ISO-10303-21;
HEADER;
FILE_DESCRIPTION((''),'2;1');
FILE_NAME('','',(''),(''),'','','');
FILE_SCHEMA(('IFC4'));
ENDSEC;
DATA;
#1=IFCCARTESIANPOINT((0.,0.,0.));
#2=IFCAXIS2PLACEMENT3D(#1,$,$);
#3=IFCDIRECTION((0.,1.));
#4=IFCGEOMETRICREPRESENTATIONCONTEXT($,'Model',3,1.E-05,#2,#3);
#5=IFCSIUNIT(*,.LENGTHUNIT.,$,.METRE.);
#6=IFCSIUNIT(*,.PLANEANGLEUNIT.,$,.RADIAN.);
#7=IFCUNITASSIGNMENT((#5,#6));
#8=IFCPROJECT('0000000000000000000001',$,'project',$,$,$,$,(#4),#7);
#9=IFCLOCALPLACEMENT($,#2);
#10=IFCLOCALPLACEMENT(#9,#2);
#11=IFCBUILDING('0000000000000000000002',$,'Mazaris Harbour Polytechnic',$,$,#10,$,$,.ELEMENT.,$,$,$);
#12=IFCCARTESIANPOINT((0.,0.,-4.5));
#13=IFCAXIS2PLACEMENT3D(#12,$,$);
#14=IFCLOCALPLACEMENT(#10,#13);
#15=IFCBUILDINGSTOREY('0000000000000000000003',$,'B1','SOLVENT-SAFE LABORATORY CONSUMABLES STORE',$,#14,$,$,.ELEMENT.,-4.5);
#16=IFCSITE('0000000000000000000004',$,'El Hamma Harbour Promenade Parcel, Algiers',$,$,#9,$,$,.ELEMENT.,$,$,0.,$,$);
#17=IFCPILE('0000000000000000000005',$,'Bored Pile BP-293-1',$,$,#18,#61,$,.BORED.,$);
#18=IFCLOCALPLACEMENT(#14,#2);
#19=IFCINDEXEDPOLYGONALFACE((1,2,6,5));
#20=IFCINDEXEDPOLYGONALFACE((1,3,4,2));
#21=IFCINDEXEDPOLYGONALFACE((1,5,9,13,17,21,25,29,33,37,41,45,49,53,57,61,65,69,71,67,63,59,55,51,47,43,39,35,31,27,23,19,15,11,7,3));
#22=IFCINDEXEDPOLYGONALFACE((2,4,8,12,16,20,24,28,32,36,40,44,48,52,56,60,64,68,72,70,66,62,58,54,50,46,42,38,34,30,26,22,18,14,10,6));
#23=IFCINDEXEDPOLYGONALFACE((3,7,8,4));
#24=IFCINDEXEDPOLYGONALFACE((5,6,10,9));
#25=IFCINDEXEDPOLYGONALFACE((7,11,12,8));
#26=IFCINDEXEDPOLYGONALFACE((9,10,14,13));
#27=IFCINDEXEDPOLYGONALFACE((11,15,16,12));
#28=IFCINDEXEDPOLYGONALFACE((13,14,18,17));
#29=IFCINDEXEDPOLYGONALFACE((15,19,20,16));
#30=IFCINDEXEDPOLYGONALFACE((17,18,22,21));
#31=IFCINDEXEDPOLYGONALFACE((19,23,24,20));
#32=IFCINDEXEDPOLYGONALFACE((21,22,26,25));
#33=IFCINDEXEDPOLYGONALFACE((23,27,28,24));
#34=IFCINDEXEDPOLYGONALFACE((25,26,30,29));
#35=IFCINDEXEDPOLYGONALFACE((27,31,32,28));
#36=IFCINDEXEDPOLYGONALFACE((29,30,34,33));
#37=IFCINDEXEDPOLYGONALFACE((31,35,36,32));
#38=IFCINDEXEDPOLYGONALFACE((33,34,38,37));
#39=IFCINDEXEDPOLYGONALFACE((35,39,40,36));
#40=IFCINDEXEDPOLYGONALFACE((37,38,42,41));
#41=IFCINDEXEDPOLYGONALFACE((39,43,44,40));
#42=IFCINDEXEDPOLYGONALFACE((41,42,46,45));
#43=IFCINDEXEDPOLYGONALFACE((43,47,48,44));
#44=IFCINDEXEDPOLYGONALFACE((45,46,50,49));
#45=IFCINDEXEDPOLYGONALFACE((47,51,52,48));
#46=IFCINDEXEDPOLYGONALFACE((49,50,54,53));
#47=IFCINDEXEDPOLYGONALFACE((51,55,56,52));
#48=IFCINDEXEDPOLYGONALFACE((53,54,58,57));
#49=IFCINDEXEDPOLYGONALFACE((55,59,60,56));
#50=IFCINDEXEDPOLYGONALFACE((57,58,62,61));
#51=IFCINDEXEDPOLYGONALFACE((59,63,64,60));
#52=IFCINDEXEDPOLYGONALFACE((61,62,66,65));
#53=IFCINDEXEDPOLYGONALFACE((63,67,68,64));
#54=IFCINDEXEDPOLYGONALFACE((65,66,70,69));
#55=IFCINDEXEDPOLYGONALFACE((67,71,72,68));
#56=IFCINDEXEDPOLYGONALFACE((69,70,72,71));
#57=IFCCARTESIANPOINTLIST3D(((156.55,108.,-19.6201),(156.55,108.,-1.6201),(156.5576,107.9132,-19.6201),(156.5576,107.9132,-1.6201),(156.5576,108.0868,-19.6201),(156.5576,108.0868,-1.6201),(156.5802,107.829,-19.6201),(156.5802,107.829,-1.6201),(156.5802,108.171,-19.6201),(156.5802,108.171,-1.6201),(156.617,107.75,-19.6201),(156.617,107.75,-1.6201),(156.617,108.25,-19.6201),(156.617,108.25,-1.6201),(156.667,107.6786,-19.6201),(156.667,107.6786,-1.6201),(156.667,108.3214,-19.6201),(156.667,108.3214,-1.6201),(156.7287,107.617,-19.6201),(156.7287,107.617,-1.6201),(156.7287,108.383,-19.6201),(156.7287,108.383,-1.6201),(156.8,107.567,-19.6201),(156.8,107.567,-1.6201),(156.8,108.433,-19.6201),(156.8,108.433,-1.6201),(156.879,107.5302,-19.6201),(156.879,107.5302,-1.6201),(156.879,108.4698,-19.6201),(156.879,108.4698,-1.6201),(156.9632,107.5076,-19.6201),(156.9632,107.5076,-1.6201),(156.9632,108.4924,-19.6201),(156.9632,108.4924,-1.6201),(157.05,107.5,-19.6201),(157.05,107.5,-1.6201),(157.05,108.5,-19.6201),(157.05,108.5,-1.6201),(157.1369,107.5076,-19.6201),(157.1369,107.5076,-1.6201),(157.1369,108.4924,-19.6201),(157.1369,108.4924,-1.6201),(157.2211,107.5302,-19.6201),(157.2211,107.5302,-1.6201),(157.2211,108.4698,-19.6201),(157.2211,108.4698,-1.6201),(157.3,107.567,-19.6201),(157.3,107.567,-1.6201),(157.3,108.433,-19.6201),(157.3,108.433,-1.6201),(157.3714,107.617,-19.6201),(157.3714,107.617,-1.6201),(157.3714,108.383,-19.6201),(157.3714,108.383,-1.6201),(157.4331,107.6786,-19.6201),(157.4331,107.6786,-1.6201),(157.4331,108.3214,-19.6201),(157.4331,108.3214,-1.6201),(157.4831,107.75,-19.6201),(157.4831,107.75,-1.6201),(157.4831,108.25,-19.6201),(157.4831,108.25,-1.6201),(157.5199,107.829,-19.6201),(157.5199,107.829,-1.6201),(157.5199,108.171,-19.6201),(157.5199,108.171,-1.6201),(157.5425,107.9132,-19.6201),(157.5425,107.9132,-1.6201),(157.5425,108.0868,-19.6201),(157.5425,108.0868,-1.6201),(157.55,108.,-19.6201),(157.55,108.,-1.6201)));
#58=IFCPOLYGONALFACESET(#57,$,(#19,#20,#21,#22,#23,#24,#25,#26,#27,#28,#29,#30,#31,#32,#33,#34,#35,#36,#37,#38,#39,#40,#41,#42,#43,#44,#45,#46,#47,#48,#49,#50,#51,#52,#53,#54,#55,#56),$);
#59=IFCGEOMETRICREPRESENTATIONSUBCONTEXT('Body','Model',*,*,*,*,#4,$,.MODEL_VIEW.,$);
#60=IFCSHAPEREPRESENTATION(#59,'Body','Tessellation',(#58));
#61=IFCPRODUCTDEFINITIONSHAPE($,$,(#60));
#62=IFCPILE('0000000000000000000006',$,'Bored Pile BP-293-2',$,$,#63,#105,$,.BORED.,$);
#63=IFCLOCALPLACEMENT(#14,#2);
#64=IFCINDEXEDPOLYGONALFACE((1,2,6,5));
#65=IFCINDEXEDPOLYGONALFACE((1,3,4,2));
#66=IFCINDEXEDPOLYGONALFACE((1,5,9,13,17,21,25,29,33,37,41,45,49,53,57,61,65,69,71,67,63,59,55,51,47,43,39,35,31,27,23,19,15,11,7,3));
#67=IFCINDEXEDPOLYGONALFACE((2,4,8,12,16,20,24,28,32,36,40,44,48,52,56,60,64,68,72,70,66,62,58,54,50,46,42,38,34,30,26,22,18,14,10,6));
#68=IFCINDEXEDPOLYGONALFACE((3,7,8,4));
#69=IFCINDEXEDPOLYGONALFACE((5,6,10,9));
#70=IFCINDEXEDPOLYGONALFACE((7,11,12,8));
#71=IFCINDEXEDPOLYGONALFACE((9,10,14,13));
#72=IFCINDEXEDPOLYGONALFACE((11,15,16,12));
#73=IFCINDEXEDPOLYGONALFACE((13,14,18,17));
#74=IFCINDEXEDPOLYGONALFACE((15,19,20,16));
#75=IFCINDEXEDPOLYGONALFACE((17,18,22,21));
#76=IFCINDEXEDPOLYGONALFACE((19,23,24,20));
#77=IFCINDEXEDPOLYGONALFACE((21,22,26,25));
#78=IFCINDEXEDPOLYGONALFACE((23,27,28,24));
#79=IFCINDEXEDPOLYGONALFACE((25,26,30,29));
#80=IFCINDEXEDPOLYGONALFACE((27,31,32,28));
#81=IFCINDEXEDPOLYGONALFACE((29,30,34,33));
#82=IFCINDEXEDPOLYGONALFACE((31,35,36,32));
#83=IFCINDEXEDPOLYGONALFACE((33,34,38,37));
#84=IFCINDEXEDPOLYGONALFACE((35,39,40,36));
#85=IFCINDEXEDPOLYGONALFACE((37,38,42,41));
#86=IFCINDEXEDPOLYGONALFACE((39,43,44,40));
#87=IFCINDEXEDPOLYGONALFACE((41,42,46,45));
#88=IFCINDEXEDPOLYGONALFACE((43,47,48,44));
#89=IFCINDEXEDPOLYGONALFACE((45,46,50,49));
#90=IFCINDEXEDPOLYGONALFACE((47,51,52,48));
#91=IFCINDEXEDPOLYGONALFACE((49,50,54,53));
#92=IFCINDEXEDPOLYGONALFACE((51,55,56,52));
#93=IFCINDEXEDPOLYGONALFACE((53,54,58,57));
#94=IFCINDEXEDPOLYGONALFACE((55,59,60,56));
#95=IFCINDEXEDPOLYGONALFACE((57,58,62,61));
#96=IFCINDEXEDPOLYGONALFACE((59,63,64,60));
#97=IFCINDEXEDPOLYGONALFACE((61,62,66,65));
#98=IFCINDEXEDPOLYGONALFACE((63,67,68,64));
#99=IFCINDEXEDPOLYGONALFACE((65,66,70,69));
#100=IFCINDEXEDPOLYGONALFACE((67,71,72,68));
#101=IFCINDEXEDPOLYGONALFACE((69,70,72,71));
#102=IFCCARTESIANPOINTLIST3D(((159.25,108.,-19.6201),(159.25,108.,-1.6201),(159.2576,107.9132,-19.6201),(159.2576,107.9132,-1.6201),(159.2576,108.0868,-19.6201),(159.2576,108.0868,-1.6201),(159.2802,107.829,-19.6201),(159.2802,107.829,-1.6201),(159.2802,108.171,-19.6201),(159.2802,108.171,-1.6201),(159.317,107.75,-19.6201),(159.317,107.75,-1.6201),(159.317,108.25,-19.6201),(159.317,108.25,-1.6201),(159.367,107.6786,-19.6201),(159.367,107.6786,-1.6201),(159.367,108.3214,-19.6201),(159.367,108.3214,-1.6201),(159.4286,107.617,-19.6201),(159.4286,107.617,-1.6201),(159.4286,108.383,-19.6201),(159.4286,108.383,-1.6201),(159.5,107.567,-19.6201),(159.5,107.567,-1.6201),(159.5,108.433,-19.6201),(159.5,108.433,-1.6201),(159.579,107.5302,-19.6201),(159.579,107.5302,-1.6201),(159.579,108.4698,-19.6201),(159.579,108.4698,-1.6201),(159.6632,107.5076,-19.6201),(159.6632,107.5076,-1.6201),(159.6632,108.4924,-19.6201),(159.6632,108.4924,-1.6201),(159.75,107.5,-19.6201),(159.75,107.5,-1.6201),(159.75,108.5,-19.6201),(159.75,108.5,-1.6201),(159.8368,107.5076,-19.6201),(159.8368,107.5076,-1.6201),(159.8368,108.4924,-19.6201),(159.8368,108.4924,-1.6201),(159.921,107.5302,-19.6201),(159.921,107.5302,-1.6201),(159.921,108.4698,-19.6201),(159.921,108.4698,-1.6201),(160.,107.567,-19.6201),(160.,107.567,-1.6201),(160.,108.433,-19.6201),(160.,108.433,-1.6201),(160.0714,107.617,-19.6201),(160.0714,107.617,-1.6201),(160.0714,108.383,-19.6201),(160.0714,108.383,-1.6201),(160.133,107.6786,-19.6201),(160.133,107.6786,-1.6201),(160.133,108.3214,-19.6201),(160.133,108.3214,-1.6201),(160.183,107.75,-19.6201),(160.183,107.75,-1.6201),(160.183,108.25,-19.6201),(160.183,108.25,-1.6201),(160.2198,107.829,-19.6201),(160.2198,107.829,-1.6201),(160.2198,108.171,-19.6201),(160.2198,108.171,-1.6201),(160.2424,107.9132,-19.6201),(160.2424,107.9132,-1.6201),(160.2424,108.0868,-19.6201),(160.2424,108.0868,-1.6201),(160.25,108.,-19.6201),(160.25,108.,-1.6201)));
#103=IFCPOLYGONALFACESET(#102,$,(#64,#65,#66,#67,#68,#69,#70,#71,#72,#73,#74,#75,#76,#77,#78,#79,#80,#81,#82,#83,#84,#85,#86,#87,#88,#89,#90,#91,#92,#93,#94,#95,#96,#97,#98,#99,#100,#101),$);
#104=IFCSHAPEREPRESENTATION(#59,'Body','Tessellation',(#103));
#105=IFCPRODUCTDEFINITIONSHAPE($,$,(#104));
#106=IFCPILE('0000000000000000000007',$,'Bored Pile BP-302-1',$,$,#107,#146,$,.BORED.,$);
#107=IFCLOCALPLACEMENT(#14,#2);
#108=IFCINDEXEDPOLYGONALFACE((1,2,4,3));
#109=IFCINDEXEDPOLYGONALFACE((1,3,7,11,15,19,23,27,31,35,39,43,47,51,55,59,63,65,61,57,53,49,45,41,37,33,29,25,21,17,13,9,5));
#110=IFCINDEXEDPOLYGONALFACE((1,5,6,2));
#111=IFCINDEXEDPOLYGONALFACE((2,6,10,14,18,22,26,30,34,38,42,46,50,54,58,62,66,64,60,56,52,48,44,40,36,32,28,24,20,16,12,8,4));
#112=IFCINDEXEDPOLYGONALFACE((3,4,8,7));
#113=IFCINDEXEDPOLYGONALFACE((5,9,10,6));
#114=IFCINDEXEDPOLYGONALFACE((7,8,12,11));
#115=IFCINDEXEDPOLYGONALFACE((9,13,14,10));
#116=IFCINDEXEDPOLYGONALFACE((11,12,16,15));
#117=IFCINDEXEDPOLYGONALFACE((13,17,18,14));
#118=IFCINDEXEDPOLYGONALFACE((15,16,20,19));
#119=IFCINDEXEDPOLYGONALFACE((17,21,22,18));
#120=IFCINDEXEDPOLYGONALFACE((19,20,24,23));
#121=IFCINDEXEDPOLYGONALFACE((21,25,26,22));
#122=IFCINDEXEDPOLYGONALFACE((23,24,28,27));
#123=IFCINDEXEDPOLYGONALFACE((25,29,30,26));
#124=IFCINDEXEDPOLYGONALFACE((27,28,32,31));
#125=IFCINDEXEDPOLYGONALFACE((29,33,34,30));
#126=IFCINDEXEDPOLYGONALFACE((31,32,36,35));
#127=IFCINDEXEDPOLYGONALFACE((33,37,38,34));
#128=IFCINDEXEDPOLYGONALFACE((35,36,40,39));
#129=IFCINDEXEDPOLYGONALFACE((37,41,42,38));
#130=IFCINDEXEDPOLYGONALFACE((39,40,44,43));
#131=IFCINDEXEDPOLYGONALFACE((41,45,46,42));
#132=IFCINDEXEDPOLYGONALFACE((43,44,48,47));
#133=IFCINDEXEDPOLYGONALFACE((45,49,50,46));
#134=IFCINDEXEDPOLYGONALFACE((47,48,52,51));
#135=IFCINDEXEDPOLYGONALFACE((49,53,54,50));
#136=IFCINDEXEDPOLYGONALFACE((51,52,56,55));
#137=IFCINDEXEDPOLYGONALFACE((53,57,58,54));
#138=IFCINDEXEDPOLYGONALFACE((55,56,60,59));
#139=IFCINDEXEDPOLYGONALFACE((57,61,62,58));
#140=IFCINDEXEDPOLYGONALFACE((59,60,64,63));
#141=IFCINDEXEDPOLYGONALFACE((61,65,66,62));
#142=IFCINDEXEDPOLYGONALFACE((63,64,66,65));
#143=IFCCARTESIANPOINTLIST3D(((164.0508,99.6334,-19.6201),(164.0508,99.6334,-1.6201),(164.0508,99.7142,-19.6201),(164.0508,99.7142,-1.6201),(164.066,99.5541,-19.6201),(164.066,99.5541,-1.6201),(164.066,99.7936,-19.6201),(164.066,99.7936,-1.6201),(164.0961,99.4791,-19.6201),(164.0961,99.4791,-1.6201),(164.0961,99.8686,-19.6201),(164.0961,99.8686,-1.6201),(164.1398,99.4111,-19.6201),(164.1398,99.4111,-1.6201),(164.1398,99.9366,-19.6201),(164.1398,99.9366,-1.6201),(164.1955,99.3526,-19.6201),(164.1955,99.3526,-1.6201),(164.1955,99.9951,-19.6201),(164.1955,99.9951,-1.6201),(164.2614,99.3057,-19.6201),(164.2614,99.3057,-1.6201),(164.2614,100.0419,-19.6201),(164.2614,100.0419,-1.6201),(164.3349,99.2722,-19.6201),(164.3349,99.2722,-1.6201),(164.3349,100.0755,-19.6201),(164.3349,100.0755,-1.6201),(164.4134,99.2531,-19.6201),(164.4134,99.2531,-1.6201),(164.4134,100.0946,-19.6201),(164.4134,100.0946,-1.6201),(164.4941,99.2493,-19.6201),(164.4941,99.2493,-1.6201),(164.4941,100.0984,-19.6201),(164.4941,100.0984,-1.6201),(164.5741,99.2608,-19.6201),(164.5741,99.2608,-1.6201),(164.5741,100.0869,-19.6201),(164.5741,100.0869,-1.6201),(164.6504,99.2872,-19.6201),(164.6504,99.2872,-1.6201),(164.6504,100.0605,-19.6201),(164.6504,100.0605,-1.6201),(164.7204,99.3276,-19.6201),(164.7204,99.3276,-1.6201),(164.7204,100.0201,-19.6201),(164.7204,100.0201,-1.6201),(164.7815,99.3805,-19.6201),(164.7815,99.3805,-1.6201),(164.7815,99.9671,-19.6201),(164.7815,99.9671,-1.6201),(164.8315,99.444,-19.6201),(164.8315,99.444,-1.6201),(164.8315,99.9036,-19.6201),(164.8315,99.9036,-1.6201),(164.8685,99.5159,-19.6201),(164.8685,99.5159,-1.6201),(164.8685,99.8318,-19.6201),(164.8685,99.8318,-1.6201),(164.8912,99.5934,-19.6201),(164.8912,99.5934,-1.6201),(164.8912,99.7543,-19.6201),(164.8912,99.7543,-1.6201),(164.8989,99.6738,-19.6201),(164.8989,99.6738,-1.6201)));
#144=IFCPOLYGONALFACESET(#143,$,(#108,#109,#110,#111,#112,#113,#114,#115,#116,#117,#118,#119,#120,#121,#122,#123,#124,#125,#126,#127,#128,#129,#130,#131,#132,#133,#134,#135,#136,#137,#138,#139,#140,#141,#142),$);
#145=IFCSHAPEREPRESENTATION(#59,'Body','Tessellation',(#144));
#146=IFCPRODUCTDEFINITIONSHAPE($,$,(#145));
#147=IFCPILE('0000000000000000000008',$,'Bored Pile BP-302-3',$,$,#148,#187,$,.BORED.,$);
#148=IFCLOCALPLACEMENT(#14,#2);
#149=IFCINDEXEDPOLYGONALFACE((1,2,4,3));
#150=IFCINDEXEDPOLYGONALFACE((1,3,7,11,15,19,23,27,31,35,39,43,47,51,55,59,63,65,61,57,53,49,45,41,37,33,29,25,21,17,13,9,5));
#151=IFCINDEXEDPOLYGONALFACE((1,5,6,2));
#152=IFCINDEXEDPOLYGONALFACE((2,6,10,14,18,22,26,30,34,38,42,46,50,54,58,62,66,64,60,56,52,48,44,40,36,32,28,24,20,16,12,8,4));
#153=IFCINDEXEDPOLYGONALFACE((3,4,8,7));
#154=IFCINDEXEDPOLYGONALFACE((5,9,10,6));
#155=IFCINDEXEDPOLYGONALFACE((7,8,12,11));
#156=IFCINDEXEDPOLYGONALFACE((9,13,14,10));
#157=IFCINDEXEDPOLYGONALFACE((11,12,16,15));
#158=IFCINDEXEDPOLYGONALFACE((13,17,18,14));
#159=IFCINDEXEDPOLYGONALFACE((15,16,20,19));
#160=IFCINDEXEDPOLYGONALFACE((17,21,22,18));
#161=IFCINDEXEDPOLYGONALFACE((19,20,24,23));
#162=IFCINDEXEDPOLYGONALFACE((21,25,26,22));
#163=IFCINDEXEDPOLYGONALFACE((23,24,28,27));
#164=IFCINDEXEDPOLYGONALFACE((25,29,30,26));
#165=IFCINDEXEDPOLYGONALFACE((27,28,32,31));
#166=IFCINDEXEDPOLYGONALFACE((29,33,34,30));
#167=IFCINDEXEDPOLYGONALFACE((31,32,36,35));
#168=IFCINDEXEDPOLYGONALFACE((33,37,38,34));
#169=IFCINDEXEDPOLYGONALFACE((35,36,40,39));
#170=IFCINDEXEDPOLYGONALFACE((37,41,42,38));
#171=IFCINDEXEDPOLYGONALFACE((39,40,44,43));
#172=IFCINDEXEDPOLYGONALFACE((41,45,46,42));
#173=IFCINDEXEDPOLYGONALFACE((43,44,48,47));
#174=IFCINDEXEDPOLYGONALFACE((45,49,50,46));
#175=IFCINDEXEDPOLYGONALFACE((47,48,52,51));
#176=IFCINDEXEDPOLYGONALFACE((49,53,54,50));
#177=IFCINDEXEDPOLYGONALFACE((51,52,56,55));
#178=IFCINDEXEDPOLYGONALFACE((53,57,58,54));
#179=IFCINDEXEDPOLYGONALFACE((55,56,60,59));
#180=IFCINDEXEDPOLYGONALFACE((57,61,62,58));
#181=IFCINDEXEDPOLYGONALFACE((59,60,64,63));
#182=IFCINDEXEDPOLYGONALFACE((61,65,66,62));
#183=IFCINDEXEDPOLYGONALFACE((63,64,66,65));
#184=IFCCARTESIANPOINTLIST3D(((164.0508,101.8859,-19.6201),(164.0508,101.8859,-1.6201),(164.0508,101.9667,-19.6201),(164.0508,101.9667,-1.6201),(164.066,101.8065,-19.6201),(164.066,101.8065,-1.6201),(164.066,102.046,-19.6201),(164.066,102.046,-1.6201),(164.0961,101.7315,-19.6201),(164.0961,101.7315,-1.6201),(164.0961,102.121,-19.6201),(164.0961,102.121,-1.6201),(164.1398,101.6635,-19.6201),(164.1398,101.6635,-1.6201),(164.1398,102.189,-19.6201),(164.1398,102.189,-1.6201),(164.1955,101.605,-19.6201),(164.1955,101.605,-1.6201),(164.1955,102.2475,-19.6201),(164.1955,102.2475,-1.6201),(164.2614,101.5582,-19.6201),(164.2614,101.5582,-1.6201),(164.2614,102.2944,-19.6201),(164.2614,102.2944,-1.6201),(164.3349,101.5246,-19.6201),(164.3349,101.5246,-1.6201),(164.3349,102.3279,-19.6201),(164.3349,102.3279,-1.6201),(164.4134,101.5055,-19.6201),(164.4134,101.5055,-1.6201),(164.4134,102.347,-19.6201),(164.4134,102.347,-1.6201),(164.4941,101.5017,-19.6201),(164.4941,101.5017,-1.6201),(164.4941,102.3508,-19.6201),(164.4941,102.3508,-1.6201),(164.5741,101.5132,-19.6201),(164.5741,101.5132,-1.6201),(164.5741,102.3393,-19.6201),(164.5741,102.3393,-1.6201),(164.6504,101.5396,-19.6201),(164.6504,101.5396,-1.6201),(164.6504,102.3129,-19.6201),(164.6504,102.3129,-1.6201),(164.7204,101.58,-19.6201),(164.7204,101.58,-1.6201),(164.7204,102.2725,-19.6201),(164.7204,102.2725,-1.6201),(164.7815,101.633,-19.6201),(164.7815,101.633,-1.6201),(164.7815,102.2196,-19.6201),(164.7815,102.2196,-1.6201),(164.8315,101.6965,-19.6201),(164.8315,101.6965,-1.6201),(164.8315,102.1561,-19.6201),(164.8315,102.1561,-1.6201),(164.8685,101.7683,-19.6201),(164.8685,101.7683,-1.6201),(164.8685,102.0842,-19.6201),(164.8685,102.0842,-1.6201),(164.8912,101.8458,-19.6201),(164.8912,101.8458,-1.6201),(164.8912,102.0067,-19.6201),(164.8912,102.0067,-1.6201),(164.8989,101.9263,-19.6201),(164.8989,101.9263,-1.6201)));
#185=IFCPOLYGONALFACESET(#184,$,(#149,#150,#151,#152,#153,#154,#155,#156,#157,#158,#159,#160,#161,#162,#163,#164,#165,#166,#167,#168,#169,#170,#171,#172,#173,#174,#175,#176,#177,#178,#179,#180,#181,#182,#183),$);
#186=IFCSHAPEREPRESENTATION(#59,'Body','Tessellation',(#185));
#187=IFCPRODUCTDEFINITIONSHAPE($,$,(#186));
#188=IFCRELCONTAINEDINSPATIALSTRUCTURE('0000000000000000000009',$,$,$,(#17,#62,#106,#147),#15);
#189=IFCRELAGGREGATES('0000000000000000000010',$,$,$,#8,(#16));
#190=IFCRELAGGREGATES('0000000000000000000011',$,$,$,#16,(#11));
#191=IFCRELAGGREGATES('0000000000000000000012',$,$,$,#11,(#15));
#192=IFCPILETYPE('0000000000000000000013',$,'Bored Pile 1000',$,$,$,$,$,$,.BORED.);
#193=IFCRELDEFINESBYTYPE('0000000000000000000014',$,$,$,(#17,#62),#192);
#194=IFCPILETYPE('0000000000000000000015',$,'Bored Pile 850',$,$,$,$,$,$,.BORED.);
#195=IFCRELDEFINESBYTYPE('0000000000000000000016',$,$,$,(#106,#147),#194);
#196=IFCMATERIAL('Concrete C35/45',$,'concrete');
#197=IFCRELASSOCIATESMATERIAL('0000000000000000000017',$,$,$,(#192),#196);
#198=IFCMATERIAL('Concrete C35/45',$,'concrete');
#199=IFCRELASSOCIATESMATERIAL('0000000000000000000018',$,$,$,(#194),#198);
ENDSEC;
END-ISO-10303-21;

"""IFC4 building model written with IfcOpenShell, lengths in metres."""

from ifc_helpers import new_model, si_unit, direction, frame, origin, origin_2d, place, context, subcontext, project, spatial, circle, extrude, material, material_profile, profile_set, type_object, element, save


model = new_model("IFC4")

# Units and contexts
model_context = context("Model", 3, precision=1e-05, world=origin(), true_north=direction((0.0, 1.0)))
body_context = subcontext(model_context, "Body", "Model", "MODEL_VIEW")
ifc_project = project(units=[si_unit("LENGTHUNIT", "METRE"), si_unit("PLANEANGLEUNIT", "RADIAN")], contexts=[model_context])

# Site, building, storey
site_placement = place(None, origin())
site = spatial("IfcSite", under=ifc_project, at=site_placement, Name="El Hamma Harbour Promenade Parcel, Algiers", CompositionType="ELEMENT", RefElevation=0.0)
building_placement = place(site_placement, origin())
building = spatial("IfcBuilding", under=site, at=building_placement, Name="Mazaris Harbour Polytechnic", CompositionType="ELEMENT")
storey_placement = place(building_placement, frame((0.0, 0.0, -4.5)))
storey = spatial("IfcBuildingStorey", under=building, at=storey_placement, Name="B1", Description="SOLVENT-SAFE LABORATORY CONSUMABLES STORE", CompositionType="ELEMENT", Elevation=-4.5)

# Piles
ifc_material_1 = material(Name="Concrete C35/45", Category="concrete")
ifc_material_profile_1 = material_profile(ifc_material_1, circle(Radius=0.5, at=origin_2d()), Name="DIA1000")
ifc_profile_set_1 = profile_set([ifc_material_profile_1], Name="Concrete C35/45")
pile_type_1 = type_object("IfcPileType", Name="Bored Pile 1000", PredefinedType="BORED", material=ifc_profile_set_1)
for number, where, z_axis, x_axis, name in (
    (1, (157.05, 108.0, -1.6201), (0.0, 0.0, -1.0), (1.0, 0.0, 0.0), "Bored Pile BP-293-1"),
    (2, (159.75, 108.0, -1.6201), (0.0, 0.0, -1.0), (1.0, 0.0, 0.0), "Bored Pile BP-293-2"),
):
    element("IfcPile", number, at=place(storey_placement, frame(where, z_axis=z_axis, x_axis=x_axis)), inside=storey, type_object=pile_type_1, Name=name, PredefinedType="BORED", context=body_context, shape_type="SweptSolid", body=[
        extrude(circle(Radius=0.5, at=origin_2d()), origin(), (0.0, 0.0, 1.0), 18.0),
    ])
ifc_material_2 = material(Name="Concrete C35/45", Category="concrete")
ifc_material_profile_2 = material_profile(ifc_material_2, circle(Radius=0.425, at=origin_2d()), Name="DIA850")
ifc_profile_set_2 = profile_set([ifc_material_profile_2], Name="Concrete C35/45")
pile_type_2 = type_object("IfcPileType", Name="Bored Pile 850", PredefinedType="BORED", material=ifc_profile_set_2)
for number, where, z_axis, x_axis, name in (
    (3, (164.4739, 99.6738, -1.6201), (0.0, 0.0, -1.0), (1.0, 0.0, 0.0), "Bored Pile BP-302-1"),
    (4, (164.4739, 101.9263, -1.6201), (0.0, 0.0, -1.0), (1.0, 0.0, 0.0), "Bored Pile BP-302-3"),
):
    element("IfcPile", number, at=place(storey_placement, frame(where, z_axis=z_axis, x_axis=x_axis)), inside=storey, type_object=pile_type_2, Name=name, PredefinedType="BORED", context=body_context, shape_type="SweptSolid", body=[
        extrude(circle(Radius=0.425, at=origin_2d()), origin(), (0.0, 0.0, 1.0), 18.0),
    ])

save(model, "model.ifc")
